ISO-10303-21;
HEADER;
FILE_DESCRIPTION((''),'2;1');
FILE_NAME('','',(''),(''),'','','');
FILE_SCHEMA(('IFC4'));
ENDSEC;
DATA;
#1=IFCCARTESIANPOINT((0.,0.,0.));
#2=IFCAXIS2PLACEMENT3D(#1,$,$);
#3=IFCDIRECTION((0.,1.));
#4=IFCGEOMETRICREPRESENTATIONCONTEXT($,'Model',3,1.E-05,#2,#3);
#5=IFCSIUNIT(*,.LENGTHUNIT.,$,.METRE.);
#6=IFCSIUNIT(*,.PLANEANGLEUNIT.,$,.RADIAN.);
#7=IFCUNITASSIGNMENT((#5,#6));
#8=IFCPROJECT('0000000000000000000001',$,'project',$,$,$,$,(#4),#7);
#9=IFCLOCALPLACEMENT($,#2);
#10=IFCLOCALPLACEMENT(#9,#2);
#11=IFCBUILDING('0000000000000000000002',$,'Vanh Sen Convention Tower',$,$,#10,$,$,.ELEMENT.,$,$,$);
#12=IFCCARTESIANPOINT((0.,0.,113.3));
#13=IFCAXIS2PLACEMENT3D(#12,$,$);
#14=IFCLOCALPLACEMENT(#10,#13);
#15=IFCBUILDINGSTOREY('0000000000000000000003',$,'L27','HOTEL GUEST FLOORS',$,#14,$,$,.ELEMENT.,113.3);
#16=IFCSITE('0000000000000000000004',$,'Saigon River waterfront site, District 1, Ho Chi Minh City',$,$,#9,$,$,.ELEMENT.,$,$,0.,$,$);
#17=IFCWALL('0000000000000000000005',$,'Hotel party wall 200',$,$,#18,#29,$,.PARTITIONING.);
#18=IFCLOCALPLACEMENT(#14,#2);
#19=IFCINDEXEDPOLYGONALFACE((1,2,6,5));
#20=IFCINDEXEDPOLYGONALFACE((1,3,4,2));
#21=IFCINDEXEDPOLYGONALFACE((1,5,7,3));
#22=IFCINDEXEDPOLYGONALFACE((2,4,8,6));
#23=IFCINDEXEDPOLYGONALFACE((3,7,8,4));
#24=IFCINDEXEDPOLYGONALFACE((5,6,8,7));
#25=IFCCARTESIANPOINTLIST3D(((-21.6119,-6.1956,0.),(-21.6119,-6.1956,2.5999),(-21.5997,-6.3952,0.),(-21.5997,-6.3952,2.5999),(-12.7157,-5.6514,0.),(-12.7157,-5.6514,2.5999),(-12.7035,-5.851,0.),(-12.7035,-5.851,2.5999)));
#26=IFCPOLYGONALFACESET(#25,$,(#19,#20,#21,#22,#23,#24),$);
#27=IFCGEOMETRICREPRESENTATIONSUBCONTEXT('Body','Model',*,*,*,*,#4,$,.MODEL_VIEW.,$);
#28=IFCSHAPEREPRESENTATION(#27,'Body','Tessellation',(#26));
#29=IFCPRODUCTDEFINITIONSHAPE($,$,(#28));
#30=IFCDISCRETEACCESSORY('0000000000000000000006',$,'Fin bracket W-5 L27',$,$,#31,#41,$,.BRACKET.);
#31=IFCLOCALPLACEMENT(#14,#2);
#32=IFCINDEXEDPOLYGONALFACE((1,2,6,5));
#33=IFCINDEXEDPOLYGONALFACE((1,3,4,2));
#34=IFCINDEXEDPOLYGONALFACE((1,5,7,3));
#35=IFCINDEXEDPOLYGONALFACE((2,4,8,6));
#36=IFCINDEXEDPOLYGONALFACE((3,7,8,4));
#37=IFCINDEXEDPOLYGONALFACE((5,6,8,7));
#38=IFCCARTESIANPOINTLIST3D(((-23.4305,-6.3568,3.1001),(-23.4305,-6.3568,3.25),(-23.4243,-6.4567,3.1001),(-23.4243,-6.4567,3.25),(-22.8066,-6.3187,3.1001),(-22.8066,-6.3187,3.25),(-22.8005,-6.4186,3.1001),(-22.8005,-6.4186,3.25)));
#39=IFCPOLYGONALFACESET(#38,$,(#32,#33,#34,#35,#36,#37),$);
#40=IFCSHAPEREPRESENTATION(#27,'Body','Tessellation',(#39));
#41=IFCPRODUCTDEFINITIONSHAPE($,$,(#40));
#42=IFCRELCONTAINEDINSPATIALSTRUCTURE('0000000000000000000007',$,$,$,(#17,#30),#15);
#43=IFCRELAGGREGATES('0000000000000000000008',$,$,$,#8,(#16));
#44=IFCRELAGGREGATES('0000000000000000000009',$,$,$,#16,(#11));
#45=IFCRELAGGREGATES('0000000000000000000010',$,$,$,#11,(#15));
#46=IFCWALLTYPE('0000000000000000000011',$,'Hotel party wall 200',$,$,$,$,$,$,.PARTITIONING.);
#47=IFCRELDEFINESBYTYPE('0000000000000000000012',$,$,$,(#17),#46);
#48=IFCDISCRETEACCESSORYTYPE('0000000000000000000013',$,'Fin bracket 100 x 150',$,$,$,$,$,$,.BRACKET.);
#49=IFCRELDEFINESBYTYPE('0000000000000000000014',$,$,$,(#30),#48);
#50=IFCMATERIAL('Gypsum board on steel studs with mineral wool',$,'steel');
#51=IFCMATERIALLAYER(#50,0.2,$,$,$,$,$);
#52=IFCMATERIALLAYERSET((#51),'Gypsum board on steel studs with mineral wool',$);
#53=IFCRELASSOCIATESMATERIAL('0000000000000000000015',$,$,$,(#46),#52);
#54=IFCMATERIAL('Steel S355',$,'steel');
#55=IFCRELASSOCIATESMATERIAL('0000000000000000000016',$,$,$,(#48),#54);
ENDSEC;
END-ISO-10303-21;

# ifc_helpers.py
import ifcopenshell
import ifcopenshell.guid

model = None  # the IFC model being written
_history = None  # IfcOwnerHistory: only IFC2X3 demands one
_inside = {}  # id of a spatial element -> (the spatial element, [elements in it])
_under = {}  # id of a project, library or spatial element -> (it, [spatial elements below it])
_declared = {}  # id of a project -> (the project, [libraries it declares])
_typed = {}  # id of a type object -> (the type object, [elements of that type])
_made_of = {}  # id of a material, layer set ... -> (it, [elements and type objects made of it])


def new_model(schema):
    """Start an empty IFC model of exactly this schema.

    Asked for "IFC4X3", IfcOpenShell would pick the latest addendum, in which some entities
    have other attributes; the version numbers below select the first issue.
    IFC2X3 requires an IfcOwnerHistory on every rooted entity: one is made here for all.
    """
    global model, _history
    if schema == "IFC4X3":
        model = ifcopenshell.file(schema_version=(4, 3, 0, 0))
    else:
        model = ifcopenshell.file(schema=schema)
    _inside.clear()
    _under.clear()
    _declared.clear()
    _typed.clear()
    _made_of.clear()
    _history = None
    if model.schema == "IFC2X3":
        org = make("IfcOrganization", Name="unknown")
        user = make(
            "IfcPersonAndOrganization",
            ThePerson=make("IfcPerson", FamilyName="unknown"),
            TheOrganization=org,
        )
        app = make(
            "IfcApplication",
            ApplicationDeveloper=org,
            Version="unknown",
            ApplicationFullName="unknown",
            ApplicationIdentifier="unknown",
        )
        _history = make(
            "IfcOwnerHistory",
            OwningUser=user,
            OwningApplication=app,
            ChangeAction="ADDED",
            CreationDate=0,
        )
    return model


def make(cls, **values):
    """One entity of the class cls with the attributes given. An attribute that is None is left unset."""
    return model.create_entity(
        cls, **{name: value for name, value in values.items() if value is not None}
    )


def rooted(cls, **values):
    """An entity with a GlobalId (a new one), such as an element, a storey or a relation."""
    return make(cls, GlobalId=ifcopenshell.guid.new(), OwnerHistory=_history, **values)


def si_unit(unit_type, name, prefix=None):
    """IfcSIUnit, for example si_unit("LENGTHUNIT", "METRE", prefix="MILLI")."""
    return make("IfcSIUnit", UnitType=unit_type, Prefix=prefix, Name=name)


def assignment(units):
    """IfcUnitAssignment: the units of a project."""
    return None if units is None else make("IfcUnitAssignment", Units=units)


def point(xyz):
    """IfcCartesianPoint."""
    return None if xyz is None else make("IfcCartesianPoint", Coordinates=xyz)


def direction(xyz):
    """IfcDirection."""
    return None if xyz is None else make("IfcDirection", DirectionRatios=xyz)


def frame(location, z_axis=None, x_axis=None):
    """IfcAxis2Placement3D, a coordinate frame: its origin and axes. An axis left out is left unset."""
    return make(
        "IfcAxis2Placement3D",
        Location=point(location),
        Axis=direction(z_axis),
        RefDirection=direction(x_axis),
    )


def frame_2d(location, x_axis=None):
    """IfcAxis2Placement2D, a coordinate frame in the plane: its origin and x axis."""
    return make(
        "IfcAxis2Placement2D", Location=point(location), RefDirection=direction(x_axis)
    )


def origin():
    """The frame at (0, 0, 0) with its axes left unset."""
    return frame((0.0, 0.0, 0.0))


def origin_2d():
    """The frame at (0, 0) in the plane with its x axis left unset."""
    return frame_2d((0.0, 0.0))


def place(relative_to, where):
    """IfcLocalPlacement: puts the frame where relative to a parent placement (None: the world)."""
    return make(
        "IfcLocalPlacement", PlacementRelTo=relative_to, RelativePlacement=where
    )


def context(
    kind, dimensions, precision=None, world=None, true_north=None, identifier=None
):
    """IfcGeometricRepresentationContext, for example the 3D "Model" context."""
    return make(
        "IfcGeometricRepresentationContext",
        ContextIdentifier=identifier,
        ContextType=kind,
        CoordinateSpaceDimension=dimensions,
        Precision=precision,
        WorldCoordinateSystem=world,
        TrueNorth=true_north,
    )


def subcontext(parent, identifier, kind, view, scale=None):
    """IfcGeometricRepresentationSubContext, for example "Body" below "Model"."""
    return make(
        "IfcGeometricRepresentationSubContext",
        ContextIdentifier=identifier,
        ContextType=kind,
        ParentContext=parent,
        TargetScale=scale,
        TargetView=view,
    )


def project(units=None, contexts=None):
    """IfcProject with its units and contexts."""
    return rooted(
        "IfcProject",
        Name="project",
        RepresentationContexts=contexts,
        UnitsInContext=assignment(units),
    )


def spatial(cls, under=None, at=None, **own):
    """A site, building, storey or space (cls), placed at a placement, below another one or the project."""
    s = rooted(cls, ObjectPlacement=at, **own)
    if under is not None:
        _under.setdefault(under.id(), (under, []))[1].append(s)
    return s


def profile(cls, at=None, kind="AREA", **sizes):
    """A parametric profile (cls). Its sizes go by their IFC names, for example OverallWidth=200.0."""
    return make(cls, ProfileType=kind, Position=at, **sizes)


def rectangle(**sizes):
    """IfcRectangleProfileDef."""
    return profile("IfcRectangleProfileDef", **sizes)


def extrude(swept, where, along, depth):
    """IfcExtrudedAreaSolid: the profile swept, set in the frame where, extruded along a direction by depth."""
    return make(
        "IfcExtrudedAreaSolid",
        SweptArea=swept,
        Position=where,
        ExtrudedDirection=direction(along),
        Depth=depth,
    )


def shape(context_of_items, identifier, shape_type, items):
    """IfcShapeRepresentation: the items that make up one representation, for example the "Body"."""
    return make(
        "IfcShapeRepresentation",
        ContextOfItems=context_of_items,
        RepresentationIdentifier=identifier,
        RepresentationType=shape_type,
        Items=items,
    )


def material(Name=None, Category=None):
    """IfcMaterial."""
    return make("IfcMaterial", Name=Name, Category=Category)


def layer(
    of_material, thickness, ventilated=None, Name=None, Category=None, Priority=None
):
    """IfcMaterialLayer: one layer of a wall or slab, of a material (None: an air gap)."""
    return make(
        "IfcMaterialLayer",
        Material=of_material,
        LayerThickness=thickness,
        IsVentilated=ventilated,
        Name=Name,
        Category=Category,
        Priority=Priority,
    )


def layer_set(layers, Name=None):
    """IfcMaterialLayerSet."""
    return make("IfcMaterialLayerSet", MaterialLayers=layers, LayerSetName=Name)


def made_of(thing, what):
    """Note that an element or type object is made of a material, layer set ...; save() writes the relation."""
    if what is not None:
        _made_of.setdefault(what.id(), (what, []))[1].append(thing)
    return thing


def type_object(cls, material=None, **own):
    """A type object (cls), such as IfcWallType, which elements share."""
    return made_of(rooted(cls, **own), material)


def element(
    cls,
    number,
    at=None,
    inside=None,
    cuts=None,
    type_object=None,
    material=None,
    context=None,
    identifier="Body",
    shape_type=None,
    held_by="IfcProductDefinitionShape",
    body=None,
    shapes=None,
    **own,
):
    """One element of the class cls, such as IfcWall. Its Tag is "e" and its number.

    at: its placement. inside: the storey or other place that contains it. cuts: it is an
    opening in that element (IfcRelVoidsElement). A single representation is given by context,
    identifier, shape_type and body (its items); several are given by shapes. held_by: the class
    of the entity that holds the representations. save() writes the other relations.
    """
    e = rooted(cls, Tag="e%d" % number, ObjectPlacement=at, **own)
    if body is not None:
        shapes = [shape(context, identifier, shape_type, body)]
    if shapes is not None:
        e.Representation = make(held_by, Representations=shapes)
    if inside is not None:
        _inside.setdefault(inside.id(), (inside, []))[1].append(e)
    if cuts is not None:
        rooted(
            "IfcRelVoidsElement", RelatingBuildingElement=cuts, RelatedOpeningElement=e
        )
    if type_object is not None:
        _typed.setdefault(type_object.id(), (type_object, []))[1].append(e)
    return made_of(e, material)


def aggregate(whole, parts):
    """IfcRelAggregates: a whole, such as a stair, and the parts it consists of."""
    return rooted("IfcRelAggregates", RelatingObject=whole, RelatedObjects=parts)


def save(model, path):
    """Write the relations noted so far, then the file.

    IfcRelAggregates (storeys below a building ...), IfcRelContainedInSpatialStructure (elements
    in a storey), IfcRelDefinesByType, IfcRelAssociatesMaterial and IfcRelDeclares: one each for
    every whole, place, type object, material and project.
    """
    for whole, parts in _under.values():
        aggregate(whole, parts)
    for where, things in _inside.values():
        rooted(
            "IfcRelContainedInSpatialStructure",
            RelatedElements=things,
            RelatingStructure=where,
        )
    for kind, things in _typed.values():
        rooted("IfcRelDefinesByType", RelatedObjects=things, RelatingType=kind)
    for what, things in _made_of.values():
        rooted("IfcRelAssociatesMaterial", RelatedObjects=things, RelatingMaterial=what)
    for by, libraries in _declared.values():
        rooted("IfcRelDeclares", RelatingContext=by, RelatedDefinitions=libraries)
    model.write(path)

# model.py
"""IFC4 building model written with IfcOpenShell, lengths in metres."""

from ifc_helpers import new_model, si_unit, direction, frame, frame_2d, origin, origin_2d, place, context, subcontext, project, spatial, rectangle, extrude, material, layer, layer_set, type_object, element, save


model = new_model("IFC4")

# Units and contexts
model_context = context("Model", 3, precision=1e-05, world=origin(), true_north=direction((0.0, 1.0)))
body_context = subcontext(model_context, "Body", "Model", "MODEL_VIEW")
ifc_project = project(units=[si_unit("LENGTHUNIT", "METRE"), si_unit("PLANEANGLEUNIT", "RADIAN")], contexts=[model_context])

# Site, building, storey
site_placement = place(None, origin())
site = spatial("IfcSite", under=ifc_project, at=site_placement, Name="Saigon River waterfront site, District 1, Ho Chi Minh City", CompositionType="ELEMENT", RefElevation=0.0)
building_placement = place(site_placement, origin())
building = spatial("IfcBuilding", under=site, at=building_placement, Name="Vanh Sen Convention Tower", CompositionType="ELEMENT")
storey_placement = place(building_placement, frame((0.0, 0.0, 113.3)))
storey = spatial("IfcBuildingStorey", under=building, at=storey_placement, Name="L27", Description="HOTEL GUEST FLOORS", CompositionType="ELEMENT", Elevation=113.3)

# Shared definitions
ifc_material_1 = material(Name="Gypsum board on steel studs with mineral wool", Category="steel")

# Wall
ifc_layer_1 = layer(ifc_material_1, 0.2)
ifc_layer_set_1 = layer_set([ifc_layer_1], Name="Gypsum board on steel studs with mineral wool")
wall_type_1 = type_object("IfcWallType", Name="Hotel party wall 200", PredefinedType="PARTITIONING", material=ifc_layer_set_1)
wall_1_placement = place(storey_placement, frame((-21.606, -6.2954, 0.0), z_axis=(0.0, 0.0, 1.0), x_axis=(0.998134, 0.061057, 0.0)))
element("IfcWall", 1, at=wall_1_placement, inside=storey, type_object=wall_type_1, Name="Hotel party wall 200", PredefinedType="PARTITIONING", context=body_context, shape_type="SweptSolid", body=[
    extrude(rectangle(XDim=8.9128, YDim=0.2, at=frame_2d((4.4565, 0.0))), origin(), (0.0, 0.0, 1.0), 2.5999),
])

# Discrete accessory
ifc_material_2 = material(Name="Steel S355", Category="steel")
discrete_accessory_type = type_object("IfcDiscreteAccessoryType", Name="Fin bracket 100 x 150", PredefinedType="BRACKET", material=ifc_material_2)
discrete_accessory_placement = place(storey_placement, frame((-23.1155, -6.3877, 3.1001), z_axis=(0.0, 0.0, 1.0), x_axis=(-0.998135, -0.061049, 0.0)))
element("IfcDiscreteAccessory", 2, at=discrete_accessory_placement, inside=storey, type_object=discrete_accessory_type, Name="Fin bracket W-5 L27", PredefinedType="BRACKET", context=body_context, shape_type="SweptSolid", body=[
    extrude(rectangle(XDim=0.625, YDim=0.1001, at=origin_2d()), origin(), (0.0, 0.0, 1.0), 0.1499),
])

save(model, "model.ifc")
